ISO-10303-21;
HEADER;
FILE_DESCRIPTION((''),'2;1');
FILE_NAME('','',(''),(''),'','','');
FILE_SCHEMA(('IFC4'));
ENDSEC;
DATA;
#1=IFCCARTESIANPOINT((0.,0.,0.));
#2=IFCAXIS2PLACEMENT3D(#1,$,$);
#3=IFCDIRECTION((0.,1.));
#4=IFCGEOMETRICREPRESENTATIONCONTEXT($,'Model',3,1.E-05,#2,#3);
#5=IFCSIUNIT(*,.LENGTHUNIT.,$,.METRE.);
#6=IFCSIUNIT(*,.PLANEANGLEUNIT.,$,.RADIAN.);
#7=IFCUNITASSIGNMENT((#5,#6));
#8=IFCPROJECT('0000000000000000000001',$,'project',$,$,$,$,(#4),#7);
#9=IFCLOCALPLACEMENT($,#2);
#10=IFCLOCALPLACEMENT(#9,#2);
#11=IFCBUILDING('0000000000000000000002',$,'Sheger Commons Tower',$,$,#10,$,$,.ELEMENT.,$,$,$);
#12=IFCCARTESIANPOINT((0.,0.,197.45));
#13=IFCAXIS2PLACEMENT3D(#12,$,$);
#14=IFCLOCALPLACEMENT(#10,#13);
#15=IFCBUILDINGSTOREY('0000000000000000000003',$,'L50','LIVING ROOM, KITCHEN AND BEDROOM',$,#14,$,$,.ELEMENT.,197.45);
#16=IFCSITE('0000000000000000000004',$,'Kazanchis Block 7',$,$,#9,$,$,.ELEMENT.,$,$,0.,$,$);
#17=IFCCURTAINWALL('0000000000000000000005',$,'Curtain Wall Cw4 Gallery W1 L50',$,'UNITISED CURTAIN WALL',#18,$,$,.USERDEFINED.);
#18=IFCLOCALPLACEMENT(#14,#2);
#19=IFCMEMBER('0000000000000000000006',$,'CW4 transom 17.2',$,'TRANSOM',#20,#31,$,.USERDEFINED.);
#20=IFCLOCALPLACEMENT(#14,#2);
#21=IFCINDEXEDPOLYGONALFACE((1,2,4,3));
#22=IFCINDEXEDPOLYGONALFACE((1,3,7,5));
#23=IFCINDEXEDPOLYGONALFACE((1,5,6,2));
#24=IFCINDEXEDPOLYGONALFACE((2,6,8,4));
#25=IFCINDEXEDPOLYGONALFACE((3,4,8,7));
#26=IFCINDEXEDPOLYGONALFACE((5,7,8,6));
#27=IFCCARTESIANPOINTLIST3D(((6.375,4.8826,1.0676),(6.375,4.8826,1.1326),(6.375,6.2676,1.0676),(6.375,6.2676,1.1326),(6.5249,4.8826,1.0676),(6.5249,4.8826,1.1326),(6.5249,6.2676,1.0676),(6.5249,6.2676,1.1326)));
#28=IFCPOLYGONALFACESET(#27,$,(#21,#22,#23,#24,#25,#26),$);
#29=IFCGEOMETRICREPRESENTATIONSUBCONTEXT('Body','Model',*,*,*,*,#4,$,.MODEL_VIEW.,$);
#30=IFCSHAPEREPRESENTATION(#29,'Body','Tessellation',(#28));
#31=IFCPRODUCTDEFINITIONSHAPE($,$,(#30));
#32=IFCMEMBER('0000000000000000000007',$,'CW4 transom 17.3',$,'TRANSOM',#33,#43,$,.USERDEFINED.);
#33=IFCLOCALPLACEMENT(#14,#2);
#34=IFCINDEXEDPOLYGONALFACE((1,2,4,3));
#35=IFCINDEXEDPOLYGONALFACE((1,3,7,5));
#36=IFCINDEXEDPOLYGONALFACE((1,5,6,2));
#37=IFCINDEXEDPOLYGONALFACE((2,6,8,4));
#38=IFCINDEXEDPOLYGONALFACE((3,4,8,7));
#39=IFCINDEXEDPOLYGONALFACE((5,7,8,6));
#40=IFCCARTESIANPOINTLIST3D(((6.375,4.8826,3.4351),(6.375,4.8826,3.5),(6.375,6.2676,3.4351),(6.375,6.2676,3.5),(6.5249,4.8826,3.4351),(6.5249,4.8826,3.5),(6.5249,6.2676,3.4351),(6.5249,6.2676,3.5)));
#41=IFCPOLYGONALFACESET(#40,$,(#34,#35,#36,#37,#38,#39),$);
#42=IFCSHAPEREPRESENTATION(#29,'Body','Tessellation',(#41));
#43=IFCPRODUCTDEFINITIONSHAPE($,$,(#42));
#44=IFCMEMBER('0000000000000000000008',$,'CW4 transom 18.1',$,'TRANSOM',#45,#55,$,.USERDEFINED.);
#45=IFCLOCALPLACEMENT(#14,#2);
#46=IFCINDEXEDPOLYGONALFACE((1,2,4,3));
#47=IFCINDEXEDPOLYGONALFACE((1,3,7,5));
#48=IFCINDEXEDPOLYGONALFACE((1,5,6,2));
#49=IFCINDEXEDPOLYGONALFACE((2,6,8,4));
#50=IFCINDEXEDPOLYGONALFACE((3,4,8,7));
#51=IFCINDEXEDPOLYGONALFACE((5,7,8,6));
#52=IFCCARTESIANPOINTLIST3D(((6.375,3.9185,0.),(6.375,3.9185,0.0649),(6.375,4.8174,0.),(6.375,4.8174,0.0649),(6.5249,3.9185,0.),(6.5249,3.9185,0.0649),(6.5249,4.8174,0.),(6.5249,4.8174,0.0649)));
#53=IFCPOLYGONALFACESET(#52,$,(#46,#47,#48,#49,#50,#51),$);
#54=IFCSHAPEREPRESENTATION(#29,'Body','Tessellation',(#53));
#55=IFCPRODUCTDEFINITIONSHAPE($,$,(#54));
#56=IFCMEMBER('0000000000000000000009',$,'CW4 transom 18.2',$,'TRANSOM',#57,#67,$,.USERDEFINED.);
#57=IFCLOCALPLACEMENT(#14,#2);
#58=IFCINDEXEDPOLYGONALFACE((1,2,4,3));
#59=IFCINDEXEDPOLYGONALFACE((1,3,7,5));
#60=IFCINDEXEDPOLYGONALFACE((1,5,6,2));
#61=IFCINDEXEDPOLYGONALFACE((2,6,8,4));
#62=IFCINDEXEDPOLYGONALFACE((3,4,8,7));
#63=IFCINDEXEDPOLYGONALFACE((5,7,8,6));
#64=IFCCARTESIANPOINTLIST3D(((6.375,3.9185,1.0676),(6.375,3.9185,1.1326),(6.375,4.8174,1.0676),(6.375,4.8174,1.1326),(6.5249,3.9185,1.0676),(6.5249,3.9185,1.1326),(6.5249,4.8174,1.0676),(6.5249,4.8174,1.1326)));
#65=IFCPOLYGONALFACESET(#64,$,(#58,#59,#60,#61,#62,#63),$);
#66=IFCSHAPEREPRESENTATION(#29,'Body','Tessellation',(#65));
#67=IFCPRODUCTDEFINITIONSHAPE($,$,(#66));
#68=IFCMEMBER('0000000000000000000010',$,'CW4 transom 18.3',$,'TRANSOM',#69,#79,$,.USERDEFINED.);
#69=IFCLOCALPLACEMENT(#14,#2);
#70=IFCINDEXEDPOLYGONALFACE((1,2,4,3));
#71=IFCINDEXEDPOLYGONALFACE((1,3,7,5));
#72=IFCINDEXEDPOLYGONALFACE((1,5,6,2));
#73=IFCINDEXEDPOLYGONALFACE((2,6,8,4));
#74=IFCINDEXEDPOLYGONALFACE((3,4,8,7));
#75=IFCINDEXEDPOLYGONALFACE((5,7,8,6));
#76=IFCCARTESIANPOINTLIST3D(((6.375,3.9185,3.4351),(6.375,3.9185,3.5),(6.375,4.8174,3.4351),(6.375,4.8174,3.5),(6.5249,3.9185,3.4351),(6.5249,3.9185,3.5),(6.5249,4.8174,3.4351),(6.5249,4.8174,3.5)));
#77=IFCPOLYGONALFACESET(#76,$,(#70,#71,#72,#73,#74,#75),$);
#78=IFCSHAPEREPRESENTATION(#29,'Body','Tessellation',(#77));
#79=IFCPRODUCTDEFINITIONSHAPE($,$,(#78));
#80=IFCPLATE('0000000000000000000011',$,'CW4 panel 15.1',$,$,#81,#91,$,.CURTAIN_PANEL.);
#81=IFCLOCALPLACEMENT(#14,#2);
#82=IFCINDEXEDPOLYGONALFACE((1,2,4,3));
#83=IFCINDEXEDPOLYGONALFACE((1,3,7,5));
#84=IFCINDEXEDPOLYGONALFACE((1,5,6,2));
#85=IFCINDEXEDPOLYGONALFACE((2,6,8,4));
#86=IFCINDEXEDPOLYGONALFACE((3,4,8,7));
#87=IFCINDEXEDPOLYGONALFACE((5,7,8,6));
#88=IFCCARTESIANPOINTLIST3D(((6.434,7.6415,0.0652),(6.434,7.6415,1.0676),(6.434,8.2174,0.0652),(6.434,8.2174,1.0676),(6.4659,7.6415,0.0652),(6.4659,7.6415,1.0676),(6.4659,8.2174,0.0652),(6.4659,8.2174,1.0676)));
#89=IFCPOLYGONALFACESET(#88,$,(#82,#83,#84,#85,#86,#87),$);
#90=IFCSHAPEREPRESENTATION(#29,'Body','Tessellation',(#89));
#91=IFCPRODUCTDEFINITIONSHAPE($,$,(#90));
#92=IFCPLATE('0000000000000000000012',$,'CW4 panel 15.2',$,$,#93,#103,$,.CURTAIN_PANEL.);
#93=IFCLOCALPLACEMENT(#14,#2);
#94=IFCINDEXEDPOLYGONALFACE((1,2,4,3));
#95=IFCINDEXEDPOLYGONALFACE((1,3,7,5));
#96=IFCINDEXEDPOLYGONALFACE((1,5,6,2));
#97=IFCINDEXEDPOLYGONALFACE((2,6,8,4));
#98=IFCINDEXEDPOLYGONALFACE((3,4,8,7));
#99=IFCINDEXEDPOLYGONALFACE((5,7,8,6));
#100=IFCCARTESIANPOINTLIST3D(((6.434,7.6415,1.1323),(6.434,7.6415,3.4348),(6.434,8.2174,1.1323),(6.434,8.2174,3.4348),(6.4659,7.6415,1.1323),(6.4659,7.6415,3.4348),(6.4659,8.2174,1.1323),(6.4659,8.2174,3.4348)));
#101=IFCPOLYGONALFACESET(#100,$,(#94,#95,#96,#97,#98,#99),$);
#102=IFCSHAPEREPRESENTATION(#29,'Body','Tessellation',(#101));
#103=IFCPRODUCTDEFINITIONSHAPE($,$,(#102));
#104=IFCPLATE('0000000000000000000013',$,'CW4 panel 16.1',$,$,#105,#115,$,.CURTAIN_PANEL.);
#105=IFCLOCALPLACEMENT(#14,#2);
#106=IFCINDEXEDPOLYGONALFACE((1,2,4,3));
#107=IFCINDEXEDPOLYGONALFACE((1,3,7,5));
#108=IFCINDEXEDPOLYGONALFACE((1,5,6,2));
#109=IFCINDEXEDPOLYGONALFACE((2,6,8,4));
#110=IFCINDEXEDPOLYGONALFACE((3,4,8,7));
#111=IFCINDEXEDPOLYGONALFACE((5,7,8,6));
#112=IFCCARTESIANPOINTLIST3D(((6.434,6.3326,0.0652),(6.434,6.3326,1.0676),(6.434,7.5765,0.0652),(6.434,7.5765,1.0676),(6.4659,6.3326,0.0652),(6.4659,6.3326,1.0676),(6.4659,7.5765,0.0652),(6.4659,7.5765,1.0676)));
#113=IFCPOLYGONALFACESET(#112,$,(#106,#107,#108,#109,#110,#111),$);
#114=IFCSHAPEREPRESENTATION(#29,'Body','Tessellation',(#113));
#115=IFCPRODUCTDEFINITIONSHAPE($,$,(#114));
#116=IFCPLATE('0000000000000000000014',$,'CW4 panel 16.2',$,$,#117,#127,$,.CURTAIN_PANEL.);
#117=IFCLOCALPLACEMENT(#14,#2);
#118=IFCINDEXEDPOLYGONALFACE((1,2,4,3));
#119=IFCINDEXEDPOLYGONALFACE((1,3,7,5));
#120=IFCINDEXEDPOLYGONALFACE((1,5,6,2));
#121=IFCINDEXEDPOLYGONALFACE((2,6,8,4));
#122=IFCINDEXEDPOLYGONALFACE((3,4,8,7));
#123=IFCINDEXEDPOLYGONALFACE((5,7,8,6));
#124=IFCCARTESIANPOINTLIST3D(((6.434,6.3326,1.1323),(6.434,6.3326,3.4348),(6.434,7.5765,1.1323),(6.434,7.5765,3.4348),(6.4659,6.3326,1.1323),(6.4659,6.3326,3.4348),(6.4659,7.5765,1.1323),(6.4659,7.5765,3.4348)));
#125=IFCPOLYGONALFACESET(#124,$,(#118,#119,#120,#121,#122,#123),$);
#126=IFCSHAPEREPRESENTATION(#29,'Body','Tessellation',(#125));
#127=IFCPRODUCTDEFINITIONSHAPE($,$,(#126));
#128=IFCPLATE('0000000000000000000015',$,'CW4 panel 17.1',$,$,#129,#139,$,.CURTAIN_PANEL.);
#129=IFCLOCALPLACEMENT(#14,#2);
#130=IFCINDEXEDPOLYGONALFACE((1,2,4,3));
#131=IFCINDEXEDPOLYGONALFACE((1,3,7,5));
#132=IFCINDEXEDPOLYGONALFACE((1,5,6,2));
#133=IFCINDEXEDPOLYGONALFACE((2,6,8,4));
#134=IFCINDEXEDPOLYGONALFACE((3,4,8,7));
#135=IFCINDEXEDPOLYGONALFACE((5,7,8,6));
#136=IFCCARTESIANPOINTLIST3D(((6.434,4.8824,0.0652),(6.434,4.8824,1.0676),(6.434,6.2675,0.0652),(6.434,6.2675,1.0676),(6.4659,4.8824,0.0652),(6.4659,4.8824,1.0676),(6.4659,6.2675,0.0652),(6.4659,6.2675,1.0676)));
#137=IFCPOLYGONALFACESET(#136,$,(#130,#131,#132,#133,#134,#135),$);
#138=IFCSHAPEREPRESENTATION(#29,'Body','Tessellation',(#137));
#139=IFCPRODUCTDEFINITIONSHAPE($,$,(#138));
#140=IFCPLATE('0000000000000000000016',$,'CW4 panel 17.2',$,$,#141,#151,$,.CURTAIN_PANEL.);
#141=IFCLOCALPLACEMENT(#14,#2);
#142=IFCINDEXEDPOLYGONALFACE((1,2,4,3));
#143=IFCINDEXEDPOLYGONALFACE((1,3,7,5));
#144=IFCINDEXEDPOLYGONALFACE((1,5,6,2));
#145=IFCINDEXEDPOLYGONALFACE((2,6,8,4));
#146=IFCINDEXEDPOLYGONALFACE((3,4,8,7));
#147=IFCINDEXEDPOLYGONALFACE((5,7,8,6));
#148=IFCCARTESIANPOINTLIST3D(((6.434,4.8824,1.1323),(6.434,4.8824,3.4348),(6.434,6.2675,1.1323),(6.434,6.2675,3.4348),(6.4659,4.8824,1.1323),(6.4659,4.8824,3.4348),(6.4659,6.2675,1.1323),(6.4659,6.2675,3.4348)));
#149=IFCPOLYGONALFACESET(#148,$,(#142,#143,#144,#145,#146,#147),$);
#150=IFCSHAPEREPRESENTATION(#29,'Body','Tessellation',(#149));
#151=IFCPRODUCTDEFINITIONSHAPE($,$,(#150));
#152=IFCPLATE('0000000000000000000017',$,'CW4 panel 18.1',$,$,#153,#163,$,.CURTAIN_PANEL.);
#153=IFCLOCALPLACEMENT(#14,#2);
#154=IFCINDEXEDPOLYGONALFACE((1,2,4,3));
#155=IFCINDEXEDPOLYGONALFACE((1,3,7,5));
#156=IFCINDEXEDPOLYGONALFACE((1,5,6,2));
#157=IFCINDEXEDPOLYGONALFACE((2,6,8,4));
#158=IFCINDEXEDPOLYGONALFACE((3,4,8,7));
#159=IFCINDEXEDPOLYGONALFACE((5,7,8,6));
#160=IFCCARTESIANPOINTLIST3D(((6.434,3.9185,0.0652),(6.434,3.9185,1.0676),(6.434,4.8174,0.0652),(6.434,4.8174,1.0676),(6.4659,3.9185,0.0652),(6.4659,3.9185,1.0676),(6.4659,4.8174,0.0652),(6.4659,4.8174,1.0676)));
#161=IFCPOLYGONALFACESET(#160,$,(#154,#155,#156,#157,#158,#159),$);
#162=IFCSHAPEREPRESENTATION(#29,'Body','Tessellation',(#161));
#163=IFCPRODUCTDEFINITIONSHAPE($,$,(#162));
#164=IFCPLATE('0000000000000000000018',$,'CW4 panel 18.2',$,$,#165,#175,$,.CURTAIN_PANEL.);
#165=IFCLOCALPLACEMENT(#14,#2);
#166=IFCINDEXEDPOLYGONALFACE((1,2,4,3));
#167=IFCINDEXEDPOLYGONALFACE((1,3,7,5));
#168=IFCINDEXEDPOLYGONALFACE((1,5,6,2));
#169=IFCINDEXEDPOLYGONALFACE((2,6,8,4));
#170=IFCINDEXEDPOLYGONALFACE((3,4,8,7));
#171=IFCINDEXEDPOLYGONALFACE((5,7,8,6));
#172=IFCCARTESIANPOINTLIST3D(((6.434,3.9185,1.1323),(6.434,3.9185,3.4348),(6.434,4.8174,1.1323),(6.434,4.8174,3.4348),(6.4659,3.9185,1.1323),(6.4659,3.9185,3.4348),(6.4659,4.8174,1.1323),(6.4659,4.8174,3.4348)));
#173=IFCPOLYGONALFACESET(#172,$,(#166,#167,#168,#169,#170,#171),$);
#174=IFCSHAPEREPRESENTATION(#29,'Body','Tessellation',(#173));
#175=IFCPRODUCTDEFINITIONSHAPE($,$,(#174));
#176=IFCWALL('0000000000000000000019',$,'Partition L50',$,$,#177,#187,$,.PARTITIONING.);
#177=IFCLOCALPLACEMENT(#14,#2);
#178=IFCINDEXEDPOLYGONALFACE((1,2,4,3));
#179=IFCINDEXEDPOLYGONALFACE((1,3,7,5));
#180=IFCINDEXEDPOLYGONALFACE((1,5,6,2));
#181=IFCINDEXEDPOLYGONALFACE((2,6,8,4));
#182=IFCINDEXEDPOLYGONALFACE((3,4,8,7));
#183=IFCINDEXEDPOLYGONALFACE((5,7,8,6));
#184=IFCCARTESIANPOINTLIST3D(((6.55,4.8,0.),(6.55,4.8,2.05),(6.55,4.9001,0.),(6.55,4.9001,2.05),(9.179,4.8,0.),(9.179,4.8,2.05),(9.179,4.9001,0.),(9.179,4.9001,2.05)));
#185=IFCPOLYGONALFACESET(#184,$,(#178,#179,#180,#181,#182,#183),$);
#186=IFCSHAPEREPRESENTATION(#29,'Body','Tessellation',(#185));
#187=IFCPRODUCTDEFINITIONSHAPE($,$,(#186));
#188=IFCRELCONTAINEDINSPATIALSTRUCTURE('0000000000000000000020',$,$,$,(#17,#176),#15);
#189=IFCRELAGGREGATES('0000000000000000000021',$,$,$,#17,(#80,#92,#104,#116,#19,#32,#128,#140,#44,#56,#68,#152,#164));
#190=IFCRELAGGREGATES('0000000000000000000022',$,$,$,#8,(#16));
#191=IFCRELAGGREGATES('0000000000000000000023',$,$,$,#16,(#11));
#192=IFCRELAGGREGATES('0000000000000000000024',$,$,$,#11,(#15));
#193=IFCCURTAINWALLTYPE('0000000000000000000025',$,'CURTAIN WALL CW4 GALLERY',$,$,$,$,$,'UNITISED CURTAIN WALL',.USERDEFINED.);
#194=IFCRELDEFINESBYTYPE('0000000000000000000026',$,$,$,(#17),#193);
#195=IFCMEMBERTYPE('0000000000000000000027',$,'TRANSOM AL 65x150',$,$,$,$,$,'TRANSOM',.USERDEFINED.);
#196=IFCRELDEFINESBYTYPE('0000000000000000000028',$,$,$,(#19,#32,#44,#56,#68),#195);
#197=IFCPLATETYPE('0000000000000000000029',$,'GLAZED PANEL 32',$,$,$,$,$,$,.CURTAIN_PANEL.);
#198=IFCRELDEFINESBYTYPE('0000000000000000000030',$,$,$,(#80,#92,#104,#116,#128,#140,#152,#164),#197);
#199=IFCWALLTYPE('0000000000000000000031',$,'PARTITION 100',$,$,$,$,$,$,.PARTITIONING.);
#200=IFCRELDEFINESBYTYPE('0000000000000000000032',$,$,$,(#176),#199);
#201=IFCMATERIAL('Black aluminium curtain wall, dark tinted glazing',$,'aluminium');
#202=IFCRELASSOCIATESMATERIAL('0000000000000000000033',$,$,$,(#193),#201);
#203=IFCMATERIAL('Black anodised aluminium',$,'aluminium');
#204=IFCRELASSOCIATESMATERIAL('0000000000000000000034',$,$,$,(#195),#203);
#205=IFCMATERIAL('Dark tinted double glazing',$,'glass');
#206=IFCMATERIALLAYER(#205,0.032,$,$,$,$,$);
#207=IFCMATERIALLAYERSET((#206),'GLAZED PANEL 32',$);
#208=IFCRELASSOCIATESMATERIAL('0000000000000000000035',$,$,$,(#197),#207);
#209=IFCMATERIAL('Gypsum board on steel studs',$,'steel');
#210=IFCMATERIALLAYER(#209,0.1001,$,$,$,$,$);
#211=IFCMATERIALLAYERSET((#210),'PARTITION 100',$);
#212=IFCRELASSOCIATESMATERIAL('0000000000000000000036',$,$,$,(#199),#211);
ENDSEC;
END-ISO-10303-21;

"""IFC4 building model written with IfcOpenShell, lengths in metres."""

from ifc_helpers import new_model, si_unit, direction, frame, frame_2d, origin, origin_2d, place, context, subcontext, project, spatial, rectangle, extrude, material, layer, layer_set, material_profile, profile_set, type_object, element, aggregate, save


model = new_model("IFC4")

# Units and contexts
model_context = context("Model", 3, precision=1e-05, world=origin(), true_north=direction((0.0, 1.0)))
body_context = subcontext(model_context, "Body", "Model", "MODEL_VIEW")
ifc_project = project(units=[si_unit("LENGTHUNIT", "METRE"), si_unit("PLANEANGLEUNIT", "RADIAN")], contexts=[model_context])

# Site, building, storey
site_placement = place(None, origin())
site = spatial("IfcSite", under=ifc_project, at=site_placement, Name="Kazanchis Block 7", CompositionType="ELEMENT", RefElevation=0.0)
building_placement = place(site_placement, origin())
building = spatial("IfcBuilding", under=site, at=building_placement, Name="Sheger Commons Tower", CompositionType="ELEMENT")
storey_placement = place(building_placement, frame((0.0, 0.0, 197.45)))
storey = spatial("IfcBuildingStorey", under=building, at=storey_placement, Name="L50", Description="LIVING ROOM, KITCHEN AND BEDROOM", CompositionType="ELEMENT", Elevation=197.45)

# Curtain wall
ifc_material_1 = material(Name="Black aluminium curtain wall, dark tinted glazing", Category="aluminium")
curtain_wall_type = type_object("IfcCurtainWallType", Name="CURTAIN WALL CW4 GALLERY", ElementType="UNITISED CURTAIN WALL", PredefinedType="USERDEFINED", material=ifc_material_1)
curtain_wall_placement = place(storey_placement, origin())
curtain_wall = element("IfcCurtainWall", 1, at=curtain_wall_placement, inside=storey, type_object=curtain_wall_type, Name="Curtain Wall Cw4 Gallery W1 L50", ObjectType="UNITISED CURTAIN WALL", PredefinedType="USERDEFINED")

# Members
ifc_material_2 = material(Name="Black anodised aluminium", Category="aluminium")
ifc_material_profile_1 = material_profile(ifc_material_2, rectangle(XDim=0.1499, YDim=0.0649, at=origin_2d()), Name="AL 65x150")
ifc_profile_set_1 = profile_set([ifc_material_profile_1], Name="Black anodised aluminium")
member_type_1 = type_object("IfcMemberType", Name="TRANSOM AL 65x150", ElementType="TRANSOM", PredefinedType="USERDEFINED", material=ifc_profile_set_1)
member_1_placement = place(storey_placement, frame((6.45, 6.2676, 1.1001), z_axis=(0.0, -1.0, 0.0), x_axis=(1.0, 0.0, 0.0)))
member_1 = element("IfcMember", 2, at=member_1_placement, type_object=member_type_1, Name="CW4 transom 17.2", ObjectType="TRANSOM", PredefinedType="USERDEFINED", context=body_context, shape_type="SweptSolid", body=[
    extrude(rectangle(XDim=0.1499, YDim=0.0649, at=origin_2d()), origin(), (0.0, 0.0, 1.0), 1.385),
])
member_2_placement = place(storey_placement, frame((6.45, 6.2676, 3.4675), z_axis=(0.0, -1.0, 0.0), x_axis=(1.0, 0.0, 0.0)))
member_2 = element("IfcMember", 3, at=member_2_placement, type_object=member_type_1, Name="CW4 transom 17.3", ObjectType="TRANSOM", PredefinedType="USERDEFINED", context=body_context, shape_type="SweptSolid", body=[
    extrude(rectangle(XDim=0.1499, YDim=0.0649, at=origin_2d()), origin(), (0.0, 0.0, 1.0), 1.385),
])
member_3_placement = place(storey_placement, frame((6.45, 4.8174, 0.0325), z_axis=(0.0, -1.0, 0.0), x_axis=(1.0, 0.0, 0.0)))
member_3 = element("IfcMember", 4, at=member_3_placement, type_object=member_type_1, Name="CW4 transom 18.1", ObjectType="TRANSOM", PredefinedType="USERDEFINED", context=body_context, shape_type="SweptSolid", body=[
    extrude(rectangle(XDim=0.1499, YDim=0.0649, at=origin_2d()), origin(), (0.0, 0.0, 1.0), 0.8989),
])
member_4_placement = place(storey_placement, frame((6.45, 4.8174, 1.1001), z_axis=(0.0, -1.0, 0.0), x_axis=(1.0, 0.0, 0.0)))
member_4 = element("IfcMember", 5, at=member_4_placement, type_object=member_type_1, Name="CW4 transom 18.2", ObjectType="TRANSOM", PredefinedType="USERDEFINED", context=body_context, shape_type="SweptSolid", body=[
    extrude(rectangle(XDim=0.1499, YDim=0.0649, at=origin_2d()), origin(), (0.0, 0.0, 1.0), 0.8989),
])
member_5_placement = place(storey_placement, frame((6.45, 4.8174, 3.4675), z_axis=(0.0, -1.0, 0.0), x_axis=(1.0, 0.0, 0.0)))
member_5 = element("IfcMember", 6, at=member_5_placement, type_object=member_type_1, Name="CW4 transom 18.3", ObjectType="TRANSOM", PredefinedType="USERDEFINED", context=body_context, shape_type="SweptSolid", body=[
    extrude(rectangle(XDim=0.1499, YDim=0.0649, at=origin_2d()), origin(), (0.0, 0.0, 1.0), 0.8989),
])

# Plates
ifc_material_3 = material(Name="Dark tinted double glazing", Category="glass")
ifc_layer_1 = layer(ifc_material_3, 0.032)
ifc_layer_set_1 = layer_set([ifc_layer_1], Name="GLAZED PANEL 32")
plate_type = type_object("IfcPlateType", Name="GLAZED PANEL 32", PredefinedType="CURTAIN_PANEL", material=ifc_layer_set_1)
plate_1_placement = place(storey_placement, frame((6.45, 7.9294, 0.0652), z_axis=(0.0, 0.0, 1.0), x_axis=(0.0, -1.0, 0.0)))
plate_1 = element("IfcPlate", 7, at=plate_1_placement, type_object=plate_type, Name="CW4 panel 15.1", PredefinedType="CURTAIN_PANEL", context=body_context, shape_type="SweptSolid", body=[
    extrude(rectangle(XDim=0.5759, YDim=0.032, at=origin_2d()), origin(), (0.0, 0.0, 1.0), 1.0024),
])
plate_2_placement = place(storey_placement, frame((6.45, 7.9294, 1.1323), z_axis=(0.0, 0.0, 1.0), x_axis=(0.0, -1.0, 0.0)))
plate_2 = element("IfcPlate", 8, at=plate_2_placement, type_object=plate_type, Name="CW4 panel 15.2", PredefinedType="CURTAIN_PANEL", context=body_context, shape_type="SweptSolid", body=[
    extrude(rectangle(XDim=0.5759, YDim=0.032, at=origin_2d()), origin(), (0.0, 0.0, 1.0), 2.3025),
])
plate_3_placement = place(storey_placement, frame((6.45, 6.9546, 0.0652), z_axis=(0.0, 0.0, 1.0), x_axis=(0.0, -1.0, 0.0)))
plate_3 = element("IfcPlate", 9, at=plate_3_placement, type_object=plate_type, Name="CW4 panel 16.1", PredefinedType="CURTAIN_PANEL", context=body_context, shape_type="SweptSolid", body=[
    extrude(rectangle(XDim=1.2439, YDim=0.032, at=origin_2d()), origin(), (0.0, 0.0, 1.0), 1.0024),
])
plate_4_placement = place(storey_placement, frame((6.45, 6.9546, 1.1323), z_axis=(0.0, 0.0, 1.0), x_axis=(0.0, -1.0, 0.0)))
plate_4 = element("IfcPlate", 10, at=plate_4_placement, type_object=plate_type, Name="CW4 panel 16.2", PredefinedType="CURTAIN_PANEL", context=body_context, shape_type="SweptSolid", body=[
    extrude(rectangle(XDim=1.2439, YDim=0.032, at=origin_2d()), origin(), (0.0, 0.0, 1.0), 2.3025),
])
plate_5_placement = place(storey_placement, frame((6.45, 5.575, 0.0652), z_axis=(0.0, 0.0, 1.0), x_axis=(0.0, -1.0, 0.0)))
plate_5 = element("IfcPlate", 11, at=plate_5_placement, type_object=plate_type, Name="CW4 panel 17.1", PredefinedType="CURTAIN_PANEL", context=body_context, shape_type="SweptSolid", body=[
    extrude(rectangle(XDim=1.385, YDim=0.032, at=origin_2d()), origin(), (0.0, 0.0, 1.0), 1.0024),
])
plate_6_placement = place(storey_placement, frame((6.45, 5.575, 1.1323), z_axis=(0.0, 0.0, 1.0), x_axis=(0.0, -1.0, 0.0)))
plate_6 = element("IfcPlate", 12, at=plate_6_placement, type_object=plate_type, Name="CW4 panel 17.2", PredefinedType="CURTAIN_PANEL", context=body_context, shape_type="SweptSolid", body=[
    extrude(rectangle(XDim=1.385, YDim=0.032, at=origin_2d()), origin(), (0.0, 0.0, 1.0), 2.3025),
])
plate_7_placement = place(storey_placement, frame((6.45, 4.3679, 0.0652), z_axis=(0.0, 0.0, 1.0), x_axis=(0.0, -1.0, 0.0)))
plate_7 = element("IfcPlate", 13, at=plate_7_placement, type_object=plate_type, Name="CW4 panel 18.1", PredefinedType="CURTAIN_PANEL", context=body_context, shape_type="SweptSolid", body=[
    extrude(rectangle(XDim=0.8989, YDim=0.032, at=origin_2d()), origin(), (0.0, 0.0, 1.0), 1.0024),
])
plate_8_placement = place(storey_placement, frame((6.45, 4.3679, 1.1323), z_axis=(0.0, 0.0, 1.0), x_axis=(0.0, -1.0, 0.0)))
plate_8 = element("IfcPlate", 14, at=plate_8_placement, type_object=plate_type, Name="CW4 panel 18.2", PredefinedType="CURTAIN_PANEL", context=body_context, shape_type="SweptSolid", body=[
    extrude(rectangle(XDim=0.8989, YDim=0.032, at=origin_2d()), origin(), (0.0, 0.0, 1.0), 2.3025),
])
aggregate(curtain_wall, [plate_1, plate_2, plate_3, plate_4, member_1, member_2, plate_5, plate_6, member_3, member_4, member_5, plate_7, plate_8])

# Wall
ifc_material_4 = material(Name="Gypsum board on steel studs", Category="steel")
ifc_layer_2 = layer(ifc_material_4, 0.1001)
ifc_layer_set_2 = layer_set([ifc_layer_2], Name="PARTITION 100")
wall_type = type_object("IfcWallType", Name="PARTITION 100", PredefinedType="PARTITIONING", material=ifc_layer_set_2)
wall_1_placement = place(storey_placement, frame((9.179, 4.8501, 0.0), z_axis=(0.0, 0.0, 1.0), x_axis=(-1.0, 0.0, 0.0)))
element("IfcWall", 15, at=wall_1_placement, inside=storey, type_object=wall_type, Name="Partition L50", PredefinedType="PARTITIONING", context=body_context, shape_type="SweptSolid", body=[
    extrude(rectangle(XDim=2.6289, YDim=0.1001, at=frame_2d((1.3145, 0.0))), origin(), (0.0, 0.0, 1.0), 2.05),
])

save(model, "model.ifc")
